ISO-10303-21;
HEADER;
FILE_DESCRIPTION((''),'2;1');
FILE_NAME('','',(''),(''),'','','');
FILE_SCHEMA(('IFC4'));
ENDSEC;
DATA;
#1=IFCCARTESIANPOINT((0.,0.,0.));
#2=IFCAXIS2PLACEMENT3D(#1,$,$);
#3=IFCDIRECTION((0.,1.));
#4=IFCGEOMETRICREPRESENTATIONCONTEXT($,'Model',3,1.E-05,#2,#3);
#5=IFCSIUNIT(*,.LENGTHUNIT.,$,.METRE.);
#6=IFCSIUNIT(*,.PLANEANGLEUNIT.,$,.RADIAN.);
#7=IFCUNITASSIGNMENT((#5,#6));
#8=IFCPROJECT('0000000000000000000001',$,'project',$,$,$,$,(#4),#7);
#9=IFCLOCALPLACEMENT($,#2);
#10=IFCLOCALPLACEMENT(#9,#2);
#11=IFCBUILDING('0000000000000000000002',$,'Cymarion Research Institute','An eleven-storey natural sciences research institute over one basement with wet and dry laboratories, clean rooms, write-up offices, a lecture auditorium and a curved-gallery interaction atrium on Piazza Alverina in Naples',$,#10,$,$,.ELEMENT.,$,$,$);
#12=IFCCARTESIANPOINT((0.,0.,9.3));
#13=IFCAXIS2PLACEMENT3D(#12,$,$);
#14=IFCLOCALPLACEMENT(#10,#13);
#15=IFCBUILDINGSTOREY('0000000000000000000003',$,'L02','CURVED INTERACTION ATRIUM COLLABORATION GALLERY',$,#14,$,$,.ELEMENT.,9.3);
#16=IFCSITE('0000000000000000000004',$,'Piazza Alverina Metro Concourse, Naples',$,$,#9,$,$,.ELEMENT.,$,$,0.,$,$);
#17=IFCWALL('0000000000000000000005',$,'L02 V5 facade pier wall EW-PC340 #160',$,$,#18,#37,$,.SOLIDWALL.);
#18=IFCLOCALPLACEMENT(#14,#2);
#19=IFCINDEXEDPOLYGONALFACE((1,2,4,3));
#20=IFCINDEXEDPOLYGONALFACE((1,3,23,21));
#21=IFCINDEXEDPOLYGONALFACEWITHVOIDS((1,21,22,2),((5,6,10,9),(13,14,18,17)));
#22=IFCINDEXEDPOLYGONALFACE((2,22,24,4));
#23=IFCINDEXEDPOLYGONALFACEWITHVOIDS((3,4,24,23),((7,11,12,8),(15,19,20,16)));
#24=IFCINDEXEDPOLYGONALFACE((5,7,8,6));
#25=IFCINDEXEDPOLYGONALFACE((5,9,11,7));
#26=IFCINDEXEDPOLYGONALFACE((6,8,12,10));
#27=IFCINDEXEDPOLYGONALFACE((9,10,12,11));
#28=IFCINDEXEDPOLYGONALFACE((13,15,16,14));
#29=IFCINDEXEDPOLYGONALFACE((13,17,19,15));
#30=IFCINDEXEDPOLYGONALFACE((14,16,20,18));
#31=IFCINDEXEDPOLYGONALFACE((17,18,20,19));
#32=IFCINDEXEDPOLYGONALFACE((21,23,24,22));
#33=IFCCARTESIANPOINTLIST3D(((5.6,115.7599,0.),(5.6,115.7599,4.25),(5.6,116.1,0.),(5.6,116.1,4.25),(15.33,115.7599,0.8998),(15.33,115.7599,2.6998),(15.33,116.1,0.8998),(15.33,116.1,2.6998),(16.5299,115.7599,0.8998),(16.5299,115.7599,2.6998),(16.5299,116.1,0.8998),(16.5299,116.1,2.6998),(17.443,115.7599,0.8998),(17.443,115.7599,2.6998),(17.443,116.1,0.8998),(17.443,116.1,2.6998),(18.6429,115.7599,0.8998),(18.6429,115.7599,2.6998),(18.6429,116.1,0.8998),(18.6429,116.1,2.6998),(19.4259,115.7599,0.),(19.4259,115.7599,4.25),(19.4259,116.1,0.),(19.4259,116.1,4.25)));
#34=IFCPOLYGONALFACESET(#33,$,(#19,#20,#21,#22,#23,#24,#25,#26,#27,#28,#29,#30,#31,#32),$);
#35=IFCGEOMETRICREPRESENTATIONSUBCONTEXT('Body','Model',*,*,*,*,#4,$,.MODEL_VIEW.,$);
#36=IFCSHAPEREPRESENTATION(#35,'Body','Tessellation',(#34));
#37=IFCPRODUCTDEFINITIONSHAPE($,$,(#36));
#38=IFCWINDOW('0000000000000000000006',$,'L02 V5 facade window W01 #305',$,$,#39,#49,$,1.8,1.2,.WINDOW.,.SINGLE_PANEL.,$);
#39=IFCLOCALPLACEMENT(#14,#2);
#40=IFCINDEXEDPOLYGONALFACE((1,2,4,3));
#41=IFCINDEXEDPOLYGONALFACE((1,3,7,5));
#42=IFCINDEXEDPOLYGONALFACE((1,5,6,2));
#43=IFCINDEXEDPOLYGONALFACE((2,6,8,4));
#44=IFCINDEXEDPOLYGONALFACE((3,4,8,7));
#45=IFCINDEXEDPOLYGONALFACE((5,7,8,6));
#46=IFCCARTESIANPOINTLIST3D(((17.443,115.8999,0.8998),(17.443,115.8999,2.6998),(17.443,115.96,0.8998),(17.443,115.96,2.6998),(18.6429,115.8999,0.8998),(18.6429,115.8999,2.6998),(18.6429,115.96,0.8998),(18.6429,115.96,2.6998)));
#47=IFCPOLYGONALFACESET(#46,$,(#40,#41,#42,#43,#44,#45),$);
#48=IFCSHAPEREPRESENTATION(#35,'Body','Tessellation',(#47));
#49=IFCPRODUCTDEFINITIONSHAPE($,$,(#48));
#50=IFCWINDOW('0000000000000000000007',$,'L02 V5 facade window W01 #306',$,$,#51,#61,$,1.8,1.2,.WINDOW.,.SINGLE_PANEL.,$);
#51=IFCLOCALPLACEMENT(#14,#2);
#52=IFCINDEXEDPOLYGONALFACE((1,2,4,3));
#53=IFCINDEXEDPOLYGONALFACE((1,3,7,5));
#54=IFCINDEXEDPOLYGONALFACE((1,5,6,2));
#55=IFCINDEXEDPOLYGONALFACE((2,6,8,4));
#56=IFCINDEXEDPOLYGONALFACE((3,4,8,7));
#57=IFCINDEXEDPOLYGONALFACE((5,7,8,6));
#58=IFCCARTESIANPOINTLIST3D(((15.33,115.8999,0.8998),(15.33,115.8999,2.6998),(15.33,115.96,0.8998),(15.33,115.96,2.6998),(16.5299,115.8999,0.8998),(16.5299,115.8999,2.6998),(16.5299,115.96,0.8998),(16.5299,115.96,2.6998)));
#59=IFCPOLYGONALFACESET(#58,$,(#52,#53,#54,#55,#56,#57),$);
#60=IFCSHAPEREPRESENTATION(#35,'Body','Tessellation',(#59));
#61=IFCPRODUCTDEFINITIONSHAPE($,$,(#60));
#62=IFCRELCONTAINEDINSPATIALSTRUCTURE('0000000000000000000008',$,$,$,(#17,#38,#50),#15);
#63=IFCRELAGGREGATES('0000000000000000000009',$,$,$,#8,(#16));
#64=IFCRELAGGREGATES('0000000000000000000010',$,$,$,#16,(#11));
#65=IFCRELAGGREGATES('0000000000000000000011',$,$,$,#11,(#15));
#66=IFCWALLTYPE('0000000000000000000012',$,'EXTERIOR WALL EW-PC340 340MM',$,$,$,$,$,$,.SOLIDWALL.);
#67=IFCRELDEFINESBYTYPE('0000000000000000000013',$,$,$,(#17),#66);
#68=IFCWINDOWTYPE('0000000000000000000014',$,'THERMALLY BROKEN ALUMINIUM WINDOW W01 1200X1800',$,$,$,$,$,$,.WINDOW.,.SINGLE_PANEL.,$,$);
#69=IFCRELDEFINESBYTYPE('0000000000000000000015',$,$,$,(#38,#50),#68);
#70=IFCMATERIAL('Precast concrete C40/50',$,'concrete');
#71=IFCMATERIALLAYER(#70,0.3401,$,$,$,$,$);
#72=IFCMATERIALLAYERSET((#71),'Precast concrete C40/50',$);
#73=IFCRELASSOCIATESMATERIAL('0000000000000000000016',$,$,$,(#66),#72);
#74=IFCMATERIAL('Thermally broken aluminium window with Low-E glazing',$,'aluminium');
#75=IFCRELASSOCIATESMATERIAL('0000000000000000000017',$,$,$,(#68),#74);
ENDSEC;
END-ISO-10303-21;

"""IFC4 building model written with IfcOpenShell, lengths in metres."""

from ifc_helpers import new_model, si_unit, direction, frame, frame_2d, origin, place, context, subcontext, project, spatial, rectangle, extrude, material, layer, layer_set, type_object, element, fill, save


model = new_model("IFC4")

# Units and contexts
model_context = context("Model", 3, precision=1e-05, world=origin(), true_north=direction((0.0, 1.0)))
body_context = subcontext(model_context, "Body", "Model", "MODEL_VIEW")
ifc_project = project(units=[si_unit("LENGTHUNIT", "METRE"), si_unit("PLANEANGLEUNIT", "RADIAN")], contexts=[model_context])

# Site, building, storey
site_placement = place(None, origin())
site = spatial("IfcSite", under=ifc_project, at=site_placement, Name="Piazza Alverina Metro Concourse, Naples", CompositionType="ELEMENT", RefElevation=0.0)
building_placement = place(site_placement, origin())
building = spatial("IfcBuilding", under=site, at=building_placement, Name="Cymarion Research Institute", Description="An eleven-storey natural sciences research institute over one basement with wet and dry laboratories, clean rooms, write-up offices, a lecture auditorium and a curved-gallery interaction atrium on Piazza Alverina in Naples", CompositionType="ELEMENT")
storey_placement = place(building_placement, frame((0.0, 0.0, 9.3)))
storey = spatial("IfcBuildingStorey", under=building, at=storey_placement, Name="L02", Description="CURVED INTERACTION ATRIUM COLLABORATION GALLERY", CompositionType="ELEMENT", Elevation=9.3)

# Wall, openings, windows
ifc_material_1 = material(Name="Precast concrete C40/50", Category="concrete")
ifc_layer_1 = layer(ifc_material_1, 0.3401)
ifc_layer_set_1 = layer_set([ifc_layer_1], Name="Precast concrete C40/50")
wall_type = type_object("IfcWallType", Name="EXTERIOR WALL EW-PC340 340MM", PredefinedType="SOLIDWALL", material=ifc_layer_set_1)
wall_placement = place(storey_placement, frame((19.426, 115.9299, 0.0), z_axis=(0.0, 0.0, 1.0), x_axis=(-1.0, 0.0, 0.0)))
wall = element("IfcWall", 1, at=wall_placement, inside=storey, type_object=wall_type, Name="L02 V5 facade pier wall EW-PC340 #160", PredefinedType="SOLIDWALL", context=body_context, shape_type="SweptSolid", body=[
    extrude(rectangle(XDim=13.8259, YDim=0.3401, at=frame_2d((6.9131, 0.0))), origin(), (0.0, 0.0, 1.0), 4.25),
])
opening_1_placement = place(wall_placement, frame((0.783, 0.0, 0.8999)))
opening_1 = element("IfcOpeningElement", 2, at=opening_1_placement, cuts=wall, PredefinedType="OPENING", context=body_context, shape_type="SweptSolid", body=[
    extrude(rectangle(XDim=1.2, YDim=1.8, at=frame_2d((0.6001, 0.8999))), frame((0.0, 0.1799, 0.0), z_axis=(0.0, -1.0, 0.0), x_axis=(1.0, 0.0, 0.0)), (0.0, 0.0, 1.0), 0.3601),
])
opening_2_placement = place(wall_placement, frame((2.896, 0.0, 0.8999)))
opening_2 = element("IfcOpeningElement", 3, at=opening_2_placement, cuts=wall, PredefinedType="OPENING", context=body_context, shape_type="SweptSolid", body=[
    extrude(rectangle(XDim=1.2, YDim=1.8, at=frame_2d((0.6001, 0.8999))), frame((0.0, 0.1799, 0.0), z_axis=(0.0, -1.0, 0.0), x_axis=(1.0, 0.0, 0.0)), (0.0, 0.0, 1.0), 0.3601),
])
ifc_material_2 = material(Name="Thermally broken aluminium window with Low-E glazing", Category="aluminium")
window_type = type_object("IfcWindowType", Name="THERMALLY BROKEN ALUMINIUM WINDOW W01 1200X1800", PartitioningType="SINGLE_PANEL", PredefinedType="WINDOW", material=ifc_material_2)
window_1_placement = place(opening_1_placement, origin())
window_1 = element("IfcWindow", 4, at=window_1_placement, inside=storey, type_object=window_type, Name="L02 V5 facade window W01 #305", OverallHeight=1.8, OverallWidth=1.2, PartitioningType="SINGLE_PANEL", PredefinedType="WINDOW", context=body_context, shape_type="SweptSolid", body=[
    extrude(rectangle(XDim=1.2, YDim=1.8, at=frame_2d((0.6001, 0.8999))), frame((0.0, 0.03, 0.0), z_axis=(0.0, -1.0, 0.0), x_axis=(1.0, 0.0, 0.0)), (0.0, 0.0, 1.0), 0.0601),
])
fill(opening_1, window_1)
window_2_placement = place(opening_2_placement, origin())
window_2 = element("IfcWindow", 5, at=window_2_placement, inside=storey, type_object=window_type, Name="L02 V5 facade window W01 #306", OverallHeight=1.8, OverallWidth=1.2, PartitioningType="SINGLE_PANEL", PredefinedType="WINDOW", context=body_context, shape_type="SweptSolid", body=[
    extrude(rectangle(XDim=1.2, YDim=1.8, at=frame_2d((0.6001, 0.8999))), frame((0.0, 0.03, 0.0), z_axis=(0.0, -1.0, 0.0), x_axis=(1.0, 0.0, 0.0)), (0.0, 0.0, 1.0), 0.0601),
])
fill(opening_2, window_2)

save(model, "model.ifc")
